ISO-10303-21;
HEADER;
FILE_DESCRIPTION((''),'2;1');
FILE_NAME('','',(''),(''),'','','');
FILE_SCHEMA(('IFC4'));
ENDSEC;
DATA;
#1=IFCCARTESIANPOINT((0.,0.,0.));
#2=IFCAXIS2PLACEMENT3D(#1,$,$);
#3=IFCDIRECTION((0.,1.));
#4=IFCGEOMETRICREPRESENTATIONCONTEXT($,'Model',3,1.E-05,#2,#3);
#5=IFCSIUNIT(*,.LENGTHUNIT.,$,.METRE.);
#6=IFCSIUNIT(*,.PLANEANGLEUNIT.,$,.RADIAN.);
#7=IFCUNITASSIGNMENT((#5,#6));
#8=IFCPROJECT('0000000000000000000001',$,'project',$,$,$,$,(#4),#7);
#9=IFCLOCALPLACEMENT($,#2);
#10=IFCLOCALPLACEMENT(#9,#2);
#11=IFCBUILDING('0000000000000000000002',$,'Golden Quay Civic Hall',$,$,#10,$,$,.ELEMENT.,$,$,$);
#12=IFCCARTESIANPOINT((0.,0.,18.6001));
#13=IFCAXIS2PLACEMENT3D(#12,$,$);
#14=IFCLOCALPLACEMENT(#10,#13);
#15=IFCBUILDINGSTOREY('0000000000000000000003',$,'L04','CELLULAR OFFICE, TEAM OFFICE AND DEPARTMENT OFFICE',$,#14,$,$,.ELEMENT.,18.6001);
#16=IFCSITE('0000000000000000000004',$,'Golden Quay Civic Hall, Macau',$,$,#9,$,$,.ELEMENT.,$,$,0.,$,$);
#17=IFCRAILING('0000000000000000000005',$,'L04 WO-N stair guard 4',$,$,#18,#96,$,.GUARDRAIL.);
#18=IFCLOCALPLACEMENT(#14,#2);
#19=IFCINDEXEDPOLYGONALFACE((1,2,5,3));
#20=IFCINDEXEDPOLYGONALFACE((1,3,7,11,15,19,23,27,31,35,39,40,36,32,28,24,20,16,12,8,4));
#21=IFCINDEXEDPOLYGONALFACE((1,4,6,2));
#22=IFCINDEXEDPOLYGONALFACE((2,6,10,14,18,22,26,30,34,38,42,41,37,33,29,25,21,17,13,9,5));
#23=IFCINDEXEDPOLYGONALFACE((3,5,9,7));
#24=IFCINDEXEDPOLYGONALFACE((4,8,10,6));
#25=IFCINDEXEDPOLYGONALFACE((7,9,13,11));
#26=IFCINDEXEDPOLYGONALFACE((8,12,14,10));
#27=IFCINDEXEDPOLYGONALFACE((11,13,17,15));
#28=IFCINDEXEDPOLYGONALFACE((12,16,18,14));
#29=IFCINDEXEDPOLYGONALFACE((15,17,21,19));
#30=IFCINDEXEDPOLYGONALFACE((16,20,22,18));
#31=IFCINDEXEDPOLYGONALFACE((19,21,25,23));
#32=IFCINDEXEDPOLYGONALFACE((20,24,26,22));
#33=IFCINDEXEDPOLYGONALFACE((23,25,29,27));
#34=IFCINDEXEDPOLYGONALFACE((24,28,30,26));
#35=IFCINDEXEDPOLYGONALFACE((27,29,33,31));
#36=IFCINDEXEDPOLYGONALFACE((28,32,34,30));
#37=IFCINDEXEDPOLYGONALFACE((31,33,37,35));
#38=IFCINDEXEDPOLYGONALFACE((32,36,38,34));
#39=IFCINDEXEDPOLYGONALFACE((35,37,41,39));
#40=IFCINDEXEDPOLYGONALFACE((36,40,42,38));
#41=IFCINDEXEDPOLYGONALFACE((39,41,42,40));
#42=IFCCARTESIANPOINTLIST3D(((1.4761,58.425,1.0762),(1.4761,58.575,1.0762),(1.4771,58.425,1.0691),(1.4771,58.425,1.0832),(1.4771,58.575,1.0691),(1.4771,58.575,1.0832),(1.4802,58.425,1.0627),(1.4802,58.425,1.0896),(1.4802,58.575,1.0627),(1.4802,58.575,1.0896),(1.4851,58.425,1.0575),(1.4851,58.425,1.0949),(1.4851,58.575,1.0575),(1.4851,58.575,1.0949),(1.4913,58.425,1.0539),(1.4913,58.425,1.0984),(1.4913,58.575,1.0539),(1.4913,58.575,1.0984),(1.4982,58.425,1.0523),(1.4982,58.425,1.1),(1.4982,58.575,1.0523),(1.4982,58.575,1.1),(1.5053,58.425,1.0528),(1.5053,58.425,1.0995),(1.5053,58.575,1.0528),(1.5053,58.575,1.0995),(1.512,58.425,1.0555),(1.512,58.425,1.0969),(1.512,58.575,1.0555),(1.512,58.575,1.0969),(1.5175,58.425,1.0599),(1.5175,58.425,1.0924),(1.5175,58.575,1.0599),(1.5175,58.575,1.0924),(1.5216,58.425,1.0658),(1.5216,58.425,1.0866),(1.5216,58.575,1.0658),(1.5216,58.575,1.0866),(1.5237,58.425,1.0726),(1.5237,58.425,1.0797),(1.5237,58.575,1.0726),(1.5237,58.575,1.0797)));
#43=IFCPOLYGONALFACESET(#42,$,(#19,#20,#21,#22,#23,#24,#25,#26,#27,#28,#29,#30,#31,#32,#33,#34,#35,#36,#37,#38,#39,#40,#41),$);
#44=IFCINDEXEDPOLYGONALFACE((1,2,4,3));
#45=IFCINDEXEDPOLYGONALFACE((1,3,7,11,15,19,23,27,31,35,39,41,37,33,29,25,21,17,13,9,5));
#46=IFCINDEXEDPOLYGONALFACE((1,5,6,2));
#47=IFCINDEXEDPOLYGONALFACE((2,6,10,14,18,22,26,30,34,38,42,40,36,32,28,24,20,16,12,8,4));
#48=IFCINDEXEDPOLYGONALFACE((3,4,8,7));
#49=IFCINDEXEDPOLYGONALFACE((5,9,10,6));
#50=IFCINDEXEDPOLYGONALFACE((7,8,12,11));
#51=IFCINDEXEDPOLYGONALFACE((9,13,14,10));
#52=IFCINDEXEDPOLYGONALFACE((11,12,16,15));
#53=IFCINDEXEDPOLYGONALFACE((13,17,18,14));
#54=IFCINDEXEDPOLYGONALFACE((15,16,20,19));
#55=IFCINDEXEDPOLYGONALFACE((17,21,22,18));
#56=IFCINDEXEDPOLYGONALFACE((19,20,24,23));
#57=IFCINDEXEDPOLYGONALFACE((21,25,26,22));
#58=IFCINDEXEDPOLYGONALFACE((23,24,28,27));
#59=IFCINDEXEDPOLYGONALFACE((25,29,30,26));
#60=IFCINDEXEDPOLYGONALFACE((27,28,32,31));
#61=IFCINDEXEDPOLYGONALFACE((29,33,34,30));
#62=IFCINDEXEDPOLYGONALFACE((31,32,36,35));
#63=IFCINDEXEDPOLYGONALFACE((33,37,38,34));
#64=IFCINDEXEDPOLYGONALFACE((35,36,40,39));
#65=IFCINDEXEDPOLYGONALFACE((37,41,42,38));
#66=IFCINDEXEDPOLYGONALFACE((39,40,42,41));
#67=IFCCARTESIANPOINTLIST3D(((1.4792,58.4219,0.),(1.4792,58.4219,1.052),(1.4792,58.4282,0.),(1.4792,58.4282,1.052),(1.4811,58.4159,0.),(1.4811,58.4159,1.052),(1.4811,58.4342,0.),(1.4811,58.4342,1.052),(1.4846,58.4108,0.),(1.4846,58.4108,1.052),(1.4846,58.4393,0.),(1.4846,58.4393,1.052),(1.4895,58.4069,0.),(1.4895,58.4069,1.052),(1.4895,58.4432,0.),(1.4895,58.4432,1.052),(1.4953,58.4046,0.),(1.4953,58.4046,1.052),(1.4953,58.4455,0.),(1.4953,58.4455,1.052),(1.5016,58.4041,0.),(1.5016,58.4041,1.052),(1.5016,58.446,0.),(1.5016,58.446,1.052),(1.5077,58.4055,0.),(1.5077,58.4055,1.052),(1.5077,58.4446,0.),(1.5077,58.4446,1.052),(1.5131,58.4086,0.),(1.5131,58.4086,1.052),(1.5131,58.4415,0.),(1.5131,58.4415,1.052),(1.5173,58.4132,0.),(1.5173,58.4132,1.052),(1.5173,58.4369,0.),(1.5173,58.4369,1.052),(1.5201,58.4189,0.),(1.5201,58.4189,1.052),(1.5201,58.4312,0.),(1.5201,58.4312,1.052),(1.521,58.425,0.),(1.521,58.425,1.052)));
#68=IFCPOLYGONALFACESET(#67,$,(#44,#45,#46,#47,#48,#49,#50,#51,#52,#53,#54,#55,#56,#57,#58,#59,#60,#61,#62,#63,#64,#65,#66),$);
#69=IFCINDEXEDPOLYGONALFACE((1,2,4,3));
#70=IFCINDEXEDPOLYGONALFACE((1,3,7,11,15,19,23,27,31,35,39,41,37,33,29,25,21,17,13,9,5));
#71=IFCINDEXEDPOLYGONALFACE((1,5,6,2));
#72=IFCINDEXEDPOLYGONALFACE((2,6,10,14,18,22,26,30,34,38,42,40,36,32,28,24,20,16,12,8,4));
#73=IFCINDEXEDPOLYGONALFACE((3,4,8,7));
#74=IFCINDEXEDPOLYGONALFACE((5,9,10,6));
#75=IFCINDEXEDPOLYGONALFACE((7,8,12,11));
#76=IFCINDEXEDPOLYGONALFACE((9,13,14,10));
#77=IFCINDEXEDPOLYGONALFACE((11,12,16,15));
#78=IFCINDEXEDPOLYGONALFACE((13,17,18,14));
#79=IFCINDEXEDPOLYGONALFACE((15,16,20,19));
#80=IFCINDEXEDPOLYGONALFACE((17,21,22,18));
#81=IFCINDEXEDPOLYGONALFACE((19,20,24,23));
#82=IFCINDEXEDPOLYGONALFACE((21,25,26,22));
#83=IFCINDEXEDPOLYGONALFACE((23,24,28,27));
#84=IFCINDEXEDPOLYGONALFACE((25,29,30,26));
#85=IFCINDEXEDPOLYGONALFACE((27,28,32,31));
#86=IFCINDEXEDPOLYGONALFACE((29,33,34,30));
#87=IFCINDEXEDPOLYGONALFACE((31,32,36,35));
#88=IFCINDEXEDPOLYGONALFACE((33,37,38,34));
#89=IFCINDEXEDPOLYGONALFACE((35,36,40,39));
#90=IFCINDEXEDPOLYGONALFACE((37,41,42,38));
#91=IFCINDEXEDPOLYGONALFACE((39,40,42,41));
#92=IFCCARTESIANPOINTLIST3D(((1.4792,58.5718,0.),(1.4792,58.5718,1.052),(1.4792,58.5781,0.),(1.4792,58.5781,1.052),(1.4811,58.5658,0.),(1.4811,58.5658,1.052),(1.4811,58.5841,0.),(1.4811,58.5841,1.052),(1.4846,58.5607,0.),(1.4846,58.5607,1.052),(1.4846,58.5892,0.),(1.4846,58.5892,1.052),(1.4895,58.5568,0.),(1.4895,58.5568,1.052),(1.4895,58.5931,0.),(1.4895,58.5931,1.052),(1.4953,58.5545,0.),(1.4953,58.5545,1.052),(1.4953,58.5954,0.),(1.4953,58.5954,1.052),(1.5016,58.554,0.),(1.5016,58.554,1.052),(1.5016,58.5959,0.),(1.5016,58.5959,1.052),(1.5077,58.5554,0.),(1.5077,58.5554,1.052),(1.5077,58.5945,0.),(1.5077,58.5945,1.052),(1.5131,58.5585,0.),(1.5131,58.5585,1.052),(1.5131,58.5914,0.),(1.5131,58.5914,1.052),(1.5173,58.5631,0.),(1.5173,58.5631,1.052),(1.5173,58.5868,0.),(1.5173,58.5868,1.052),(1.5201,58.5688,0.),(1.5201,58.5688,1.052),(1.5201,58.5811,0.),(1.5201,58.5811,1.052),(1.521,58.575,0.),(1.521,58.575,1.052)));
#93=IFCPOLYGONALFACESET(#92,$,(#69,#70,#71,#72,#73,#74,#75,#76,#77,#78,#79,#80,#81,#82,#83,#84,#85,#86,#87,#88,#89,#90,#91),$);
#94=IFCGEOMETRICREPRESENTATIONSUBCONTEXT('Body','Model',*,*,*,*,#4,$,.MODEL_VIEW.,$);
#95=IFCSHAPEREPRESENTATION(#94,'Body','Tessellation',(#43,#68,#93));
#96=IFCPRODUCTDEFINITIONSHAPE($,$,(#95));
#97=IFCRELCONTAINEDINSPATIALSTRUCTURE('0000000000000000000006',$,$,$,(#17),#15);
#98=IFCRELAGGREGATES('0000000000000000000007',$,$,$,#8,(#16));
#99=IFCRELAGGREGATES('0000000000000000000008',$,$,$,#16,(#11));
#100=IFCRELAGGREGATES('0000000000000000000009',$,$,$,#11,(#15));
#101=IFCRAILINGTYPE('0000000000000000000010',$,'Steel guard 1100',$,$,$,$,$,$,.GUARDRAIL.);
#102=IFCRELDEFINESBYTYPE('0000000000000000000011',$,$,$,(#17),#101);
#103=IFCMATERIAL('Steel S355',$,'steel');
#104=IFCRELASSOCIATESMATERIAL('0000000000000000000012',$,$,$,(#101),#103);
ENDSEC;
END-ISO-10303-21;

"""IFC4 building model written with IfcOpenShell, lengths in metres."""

from ifc_helpers import new_model, si_unit, direction, frame, origin, origin_2d, place, context, subcontext, project, spatial, circle, extrude, material, type_object, element, save


model = new_model("IFC4")

# Units and contexts
model_context = context("Model", 3, precision=1e-05, world=origin(), true_north=direction((0.0, 1.0)))
body_context = subcontext(model_context, "Body", "Model", "MODEL_VIEW")
ifc_project = project(units=[si_unit("LENGTHUNIT", "METRE"), si_unit("PLANEANGLEUNIT", "RADIAN")], contexts=[model_context])

# Site, building, storey
site_placement = place(None, origin())
site = spatial("IfcSite", under=ifc_project, at=site_placement, Name="Golden Quay Civic Hall, Macau", CompositionType="ELEMENT", RefElevation=0.0)
building_placement = place(site_placement, origin())
building = spatial("IfcBuilding", under=site, at=building_placement, Name="Golden Quay Civic Hall", CompositionType="ELEMENT")
storey_placement = place(building_placement, frame((0.0, 0.0, 18.6001)))
storey = spatial("IfcBuildingStorey", under=building, at=storey_placement, Name="L04", Description="CELLULAR OFFICE, TEAM OFFICE AND DEPARTMENT OFFICE", CompositionType="ELEMENT", Elevation=18.6001)

# Railing
ifc_material_1 = material(Name="Steel S355", Category="steel")
railing_type_1 = type_object("IfcRailingType", Name="Steel guard 1100", PredefinedType="GUARDRAIL", material=ifc_material_1)
railing_1_placement = place(storey_placement, frame((1.5, 58.425, 0.0)))
element("IfcRailing", 1, at=railing_1_placement, inside=storey, type_object=railing_type_1, Name="L04 WO-N stair guard 4", PredefinedType="GUARDRAIL", context=body_context, shape_type="SweptSolid", body=[
    extrude(circle(Radius=0.0239, at=origin_2d()), frame((0.0, 0.0, 1.0762), z_axis=(0.0, 1.0, 0.0), x_axis=(-1.0, 0.0, 0.0)), (0.0, 0.0, 1.0), 0.1499),
    extrude(circle(Radius=0.021, at=origin_2d()), origin(), (0.0, 0.0, 1.0), 1.052),
    extrude(circle(Radius=0.021, at=origin_2d()), frame((0.0, 0.1499, 0.0)), (0.0, 0.0, 1.0), 1.052),
])

save(model, "model.ifc")
